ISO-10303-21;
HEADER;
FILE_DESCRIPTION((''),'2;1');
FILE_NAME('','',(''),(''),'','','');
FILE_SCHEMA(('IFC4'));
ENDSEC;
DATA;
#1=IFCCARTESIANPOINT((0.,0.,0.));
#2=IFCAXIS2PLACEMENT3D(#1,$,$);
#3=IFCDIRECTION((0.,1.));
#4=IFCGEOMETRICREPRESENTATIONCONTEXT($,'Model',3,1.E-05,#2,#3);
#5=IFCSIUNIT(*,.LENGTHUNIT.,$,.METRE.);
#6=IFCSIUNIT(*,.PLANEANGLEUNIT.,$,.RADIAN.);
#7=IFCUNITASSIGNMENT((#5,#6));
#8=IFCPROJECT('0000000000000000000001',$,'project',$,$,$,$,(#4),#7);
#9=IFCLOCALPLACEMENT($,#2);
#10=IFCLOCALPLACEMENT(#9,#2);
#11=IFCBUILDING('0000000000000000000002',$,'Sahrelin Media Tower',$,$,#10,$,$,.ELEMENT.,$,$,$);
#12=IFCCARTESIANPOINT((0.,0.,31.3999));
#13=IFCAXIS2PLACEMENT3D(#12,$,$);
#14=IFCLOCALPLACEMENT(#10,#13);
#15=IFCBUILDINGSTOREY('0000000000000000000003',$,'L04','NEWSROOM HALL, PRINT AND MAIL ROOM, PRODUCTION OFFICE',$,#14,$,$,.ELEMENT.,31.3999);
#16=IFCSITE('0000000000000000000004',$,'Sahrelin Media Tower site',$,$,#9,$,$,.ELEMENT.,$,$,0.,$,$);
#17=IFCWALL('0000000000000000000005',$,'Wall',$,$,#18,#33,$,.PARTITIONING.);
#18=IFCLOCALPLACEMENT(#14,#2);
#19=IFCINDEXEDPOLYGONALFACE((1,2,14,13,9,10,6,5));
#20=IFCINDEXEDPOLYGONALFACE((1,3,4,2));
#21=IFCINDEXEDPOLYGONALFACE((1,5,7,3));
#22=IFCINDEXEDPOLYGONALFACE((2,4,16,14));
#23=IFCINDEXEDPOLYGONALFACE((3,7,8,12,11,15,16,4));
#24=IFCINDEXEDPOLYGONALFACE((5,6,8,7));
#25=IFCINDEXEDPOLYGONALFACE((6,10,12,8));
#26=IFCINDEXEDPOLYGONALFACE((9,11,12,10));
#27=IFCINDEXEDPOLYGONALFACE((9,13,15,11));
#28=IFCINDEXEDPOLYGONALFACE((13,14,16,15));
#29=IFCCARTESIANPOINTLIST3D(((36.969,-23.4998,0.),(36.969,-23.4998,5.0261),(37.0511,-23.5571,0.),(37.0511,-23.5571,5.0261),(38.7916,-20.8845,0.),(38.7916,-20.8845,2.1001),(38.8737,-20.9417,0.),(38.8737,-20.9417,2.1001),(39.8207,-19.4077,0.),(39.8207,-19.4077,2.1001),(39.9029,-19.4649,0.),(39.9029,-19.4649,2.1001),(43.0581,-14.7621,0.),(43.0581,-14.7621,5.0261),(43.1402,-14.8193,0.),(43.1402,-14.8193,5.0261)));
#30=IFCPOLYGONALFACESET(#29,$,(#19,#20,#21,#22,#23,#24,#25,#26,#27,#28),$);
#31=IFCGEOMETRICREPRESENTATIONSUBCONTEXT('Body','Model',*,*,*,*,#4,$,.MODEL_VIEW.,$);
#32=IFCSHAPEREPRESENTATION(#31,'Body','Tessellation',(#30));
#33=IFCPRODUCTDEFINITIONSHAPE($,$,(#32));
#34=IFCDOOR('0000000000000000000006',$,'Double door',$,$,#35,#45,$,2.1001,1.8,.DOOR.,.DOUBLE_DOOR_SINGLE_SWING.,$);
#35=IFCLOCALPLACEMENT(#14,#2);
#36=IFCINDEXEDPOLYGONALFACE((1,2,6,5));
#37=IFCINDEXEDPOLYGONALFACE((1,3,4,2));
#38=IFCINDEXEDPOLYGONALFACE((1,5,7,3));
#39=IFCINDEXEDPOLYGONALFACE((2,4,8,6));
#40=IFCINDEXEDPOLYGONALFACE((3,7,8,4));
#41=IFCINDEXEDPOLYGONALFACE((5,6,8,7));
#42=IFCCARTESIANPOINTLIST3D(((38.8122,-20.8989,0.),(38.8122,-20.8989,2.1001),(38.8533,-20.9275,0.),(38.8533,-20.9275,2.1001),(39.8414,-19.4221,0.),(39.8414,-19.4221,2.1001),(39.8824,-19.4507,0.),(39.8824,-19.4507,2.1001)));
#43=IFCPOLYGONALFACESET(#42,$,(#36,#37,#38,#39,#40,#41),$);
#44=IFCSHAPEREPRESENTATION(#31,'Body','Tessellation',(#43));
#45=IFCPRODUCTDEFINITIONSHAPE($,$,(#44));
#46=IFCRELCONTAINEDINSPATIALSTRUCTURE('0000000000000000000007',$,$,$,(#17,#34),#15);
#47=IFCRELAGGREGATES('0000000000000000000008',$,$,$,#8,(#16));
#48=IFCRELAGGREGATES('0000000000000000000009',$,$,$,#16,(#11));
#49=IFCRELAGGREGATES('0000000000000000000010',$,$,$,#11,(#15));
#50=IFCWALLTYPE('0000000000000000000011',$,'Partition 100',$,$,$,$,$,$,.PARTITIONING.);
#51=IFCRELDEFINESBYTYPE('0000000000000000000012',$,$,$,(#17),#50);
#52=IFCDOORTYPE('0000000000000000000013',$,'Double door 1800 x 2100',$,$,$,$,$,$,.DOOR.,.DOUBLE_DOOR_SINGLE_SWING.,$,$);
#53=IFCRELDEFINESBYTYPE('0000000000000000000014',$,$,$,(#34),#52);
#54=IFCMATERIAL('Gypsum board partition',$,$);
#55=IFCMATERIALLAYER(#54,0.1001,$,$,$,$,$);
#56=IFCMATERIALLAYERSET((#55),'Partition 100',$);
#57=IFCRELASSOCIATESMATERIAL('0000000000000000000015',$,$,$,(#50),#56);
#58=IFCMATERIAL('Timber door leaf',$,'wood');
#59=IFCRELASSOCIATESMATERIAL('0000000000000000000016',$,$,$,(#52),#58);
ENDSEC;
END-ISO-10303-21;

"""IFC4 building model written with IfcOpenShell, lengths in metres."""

from ifc_helpers import new_model, si_unit, direction, frame, frame_2d, origin, place, context, subcontext, project, spatial, rectangle, extrude, material, layer, layer_set, type_object, element, fill, save


model = new_model("IFC4")

# Units and contexts
model_context = context("Model", 3, precision=1e-05, world=origin(), true_north=direction((0.0, 1.0)))
body_context = subcontext(model_context, "Body", "Model", "MODEL_VIEW")
ifc_project = project(units=[si_unit("LENGTHUNIT", "METRE"), si_unit("PLANEANGLEUNIT", "RADIAN")], contexts=[model_context])

# Site, building, storey
site_placement = place(None, origin())
site = spatial("IfcSite", under=ifc_project, at=site_placement, Name="Sahrelin Media Tower site", CompositionType="ELEMENT", RefElevation=0.0)
building_placement = place(site_placement, origin())
building = spatial("IfcBuilding", under=site, at=building_placement, Name="Sahrelin Media Tower", CompositionType="ELEMENT")
storey_placement = place(building_placement, frame((0.0, 0.0, 31.3999)))
storey = spatial("IfcBuildingStorey", under=building, at=storey_placement, Name="L04", Description="NEWSROOM HALL, PRINT AND MAIL ROOM, PRODUCTION OFFICE", CompositionType="ELEMENT", Elevation=31.3999)

# Wall, opening, door
ifc_material_1 = material(Name="Gypsum board partition")
ifc_layer_1 = layer(ifc_material_1, 0.1001)
ifc_layer_set_1 = layer_set([ifc_layer_1], Name="Partition 100")
wall_type = type_object("IfcWallType", Name="Partition 100", PredefinedType="PARTITIONING", material=ifc_layer_set_1)
wall_placement = place(storey_placement, frame((37.01, -23.5286, 0.0), z_axis=(0.0, 0.0, 1.0), x_axis=(0.571738, 0.820436, 0.0)))
wall = element("IfcWall", 1, at=wall_placement, inside=storey, type_object=wall_type, Name="Wall", PredefinedType="PARTITIONING", context=body_context, shape_type="SweptSolid", body=[
    extrude(rectangle(XDim=10.6501, YDim=0.1001, at=frame_2d((5.3252, 0.0))), origin(), (0.0, 0.0, 1.0), 5.0261),
])
opening_placement = place(wall_placement, frame((3.188, 0.0, 0.0)))
opening = element("IfcOpeningElement", 2, at=opening_placement, cuts=wall, PredefinedType="OPENING", context=body_context, shape_type="SweptSolid", body=[
    extrude(rectangle(XDim=1.8, YDim=2.1001, at=frame_2d((0.8999, 1.05))), frame((0.0, 0.05, 0.0), z_axis=(0.0, -1.0, 0.0), x_axis=(1.0, 0.0, 0.0)), (0.0, 0.0, 1.0), 0.1001),
])
ifc_material_2 = material(Name="Timber door leaf", Category="wood")
door_type = type_object("IfcDoorType", Name="Double door 1800 x 2100", OperationType="DOUBLE_DOOR_SINGLE_SWING", PredefinedType="DOOR", material=ifc_material_2)
door_placement = place(opening_placement, origin())
door = element("IfcDoor", 3, at=door_placement, inside=storey, type_object=door_type, Name="Double door", OperationType="DOUBLE_DOOR_SINGLE_SWING", OverallHeight=2.1001, OverallWidth=1.8, PredefinedType="DOOR", context=body_context, shape_type="SweptSolid", body=[
    extrude(rectangle(XDim=1.8, YDim=2.1001, at=frame_2d((0.8999, 1.05))), frame((0.0, 0.0249, 0.0), z_axis=(0.0, -1.0, 0.0), x_axis=(1.0, 0.0, 0.0)), (0.0, 0.0, 1.0), 0.05),
])
fill(opening, door)

save(model, "model.ifc")
